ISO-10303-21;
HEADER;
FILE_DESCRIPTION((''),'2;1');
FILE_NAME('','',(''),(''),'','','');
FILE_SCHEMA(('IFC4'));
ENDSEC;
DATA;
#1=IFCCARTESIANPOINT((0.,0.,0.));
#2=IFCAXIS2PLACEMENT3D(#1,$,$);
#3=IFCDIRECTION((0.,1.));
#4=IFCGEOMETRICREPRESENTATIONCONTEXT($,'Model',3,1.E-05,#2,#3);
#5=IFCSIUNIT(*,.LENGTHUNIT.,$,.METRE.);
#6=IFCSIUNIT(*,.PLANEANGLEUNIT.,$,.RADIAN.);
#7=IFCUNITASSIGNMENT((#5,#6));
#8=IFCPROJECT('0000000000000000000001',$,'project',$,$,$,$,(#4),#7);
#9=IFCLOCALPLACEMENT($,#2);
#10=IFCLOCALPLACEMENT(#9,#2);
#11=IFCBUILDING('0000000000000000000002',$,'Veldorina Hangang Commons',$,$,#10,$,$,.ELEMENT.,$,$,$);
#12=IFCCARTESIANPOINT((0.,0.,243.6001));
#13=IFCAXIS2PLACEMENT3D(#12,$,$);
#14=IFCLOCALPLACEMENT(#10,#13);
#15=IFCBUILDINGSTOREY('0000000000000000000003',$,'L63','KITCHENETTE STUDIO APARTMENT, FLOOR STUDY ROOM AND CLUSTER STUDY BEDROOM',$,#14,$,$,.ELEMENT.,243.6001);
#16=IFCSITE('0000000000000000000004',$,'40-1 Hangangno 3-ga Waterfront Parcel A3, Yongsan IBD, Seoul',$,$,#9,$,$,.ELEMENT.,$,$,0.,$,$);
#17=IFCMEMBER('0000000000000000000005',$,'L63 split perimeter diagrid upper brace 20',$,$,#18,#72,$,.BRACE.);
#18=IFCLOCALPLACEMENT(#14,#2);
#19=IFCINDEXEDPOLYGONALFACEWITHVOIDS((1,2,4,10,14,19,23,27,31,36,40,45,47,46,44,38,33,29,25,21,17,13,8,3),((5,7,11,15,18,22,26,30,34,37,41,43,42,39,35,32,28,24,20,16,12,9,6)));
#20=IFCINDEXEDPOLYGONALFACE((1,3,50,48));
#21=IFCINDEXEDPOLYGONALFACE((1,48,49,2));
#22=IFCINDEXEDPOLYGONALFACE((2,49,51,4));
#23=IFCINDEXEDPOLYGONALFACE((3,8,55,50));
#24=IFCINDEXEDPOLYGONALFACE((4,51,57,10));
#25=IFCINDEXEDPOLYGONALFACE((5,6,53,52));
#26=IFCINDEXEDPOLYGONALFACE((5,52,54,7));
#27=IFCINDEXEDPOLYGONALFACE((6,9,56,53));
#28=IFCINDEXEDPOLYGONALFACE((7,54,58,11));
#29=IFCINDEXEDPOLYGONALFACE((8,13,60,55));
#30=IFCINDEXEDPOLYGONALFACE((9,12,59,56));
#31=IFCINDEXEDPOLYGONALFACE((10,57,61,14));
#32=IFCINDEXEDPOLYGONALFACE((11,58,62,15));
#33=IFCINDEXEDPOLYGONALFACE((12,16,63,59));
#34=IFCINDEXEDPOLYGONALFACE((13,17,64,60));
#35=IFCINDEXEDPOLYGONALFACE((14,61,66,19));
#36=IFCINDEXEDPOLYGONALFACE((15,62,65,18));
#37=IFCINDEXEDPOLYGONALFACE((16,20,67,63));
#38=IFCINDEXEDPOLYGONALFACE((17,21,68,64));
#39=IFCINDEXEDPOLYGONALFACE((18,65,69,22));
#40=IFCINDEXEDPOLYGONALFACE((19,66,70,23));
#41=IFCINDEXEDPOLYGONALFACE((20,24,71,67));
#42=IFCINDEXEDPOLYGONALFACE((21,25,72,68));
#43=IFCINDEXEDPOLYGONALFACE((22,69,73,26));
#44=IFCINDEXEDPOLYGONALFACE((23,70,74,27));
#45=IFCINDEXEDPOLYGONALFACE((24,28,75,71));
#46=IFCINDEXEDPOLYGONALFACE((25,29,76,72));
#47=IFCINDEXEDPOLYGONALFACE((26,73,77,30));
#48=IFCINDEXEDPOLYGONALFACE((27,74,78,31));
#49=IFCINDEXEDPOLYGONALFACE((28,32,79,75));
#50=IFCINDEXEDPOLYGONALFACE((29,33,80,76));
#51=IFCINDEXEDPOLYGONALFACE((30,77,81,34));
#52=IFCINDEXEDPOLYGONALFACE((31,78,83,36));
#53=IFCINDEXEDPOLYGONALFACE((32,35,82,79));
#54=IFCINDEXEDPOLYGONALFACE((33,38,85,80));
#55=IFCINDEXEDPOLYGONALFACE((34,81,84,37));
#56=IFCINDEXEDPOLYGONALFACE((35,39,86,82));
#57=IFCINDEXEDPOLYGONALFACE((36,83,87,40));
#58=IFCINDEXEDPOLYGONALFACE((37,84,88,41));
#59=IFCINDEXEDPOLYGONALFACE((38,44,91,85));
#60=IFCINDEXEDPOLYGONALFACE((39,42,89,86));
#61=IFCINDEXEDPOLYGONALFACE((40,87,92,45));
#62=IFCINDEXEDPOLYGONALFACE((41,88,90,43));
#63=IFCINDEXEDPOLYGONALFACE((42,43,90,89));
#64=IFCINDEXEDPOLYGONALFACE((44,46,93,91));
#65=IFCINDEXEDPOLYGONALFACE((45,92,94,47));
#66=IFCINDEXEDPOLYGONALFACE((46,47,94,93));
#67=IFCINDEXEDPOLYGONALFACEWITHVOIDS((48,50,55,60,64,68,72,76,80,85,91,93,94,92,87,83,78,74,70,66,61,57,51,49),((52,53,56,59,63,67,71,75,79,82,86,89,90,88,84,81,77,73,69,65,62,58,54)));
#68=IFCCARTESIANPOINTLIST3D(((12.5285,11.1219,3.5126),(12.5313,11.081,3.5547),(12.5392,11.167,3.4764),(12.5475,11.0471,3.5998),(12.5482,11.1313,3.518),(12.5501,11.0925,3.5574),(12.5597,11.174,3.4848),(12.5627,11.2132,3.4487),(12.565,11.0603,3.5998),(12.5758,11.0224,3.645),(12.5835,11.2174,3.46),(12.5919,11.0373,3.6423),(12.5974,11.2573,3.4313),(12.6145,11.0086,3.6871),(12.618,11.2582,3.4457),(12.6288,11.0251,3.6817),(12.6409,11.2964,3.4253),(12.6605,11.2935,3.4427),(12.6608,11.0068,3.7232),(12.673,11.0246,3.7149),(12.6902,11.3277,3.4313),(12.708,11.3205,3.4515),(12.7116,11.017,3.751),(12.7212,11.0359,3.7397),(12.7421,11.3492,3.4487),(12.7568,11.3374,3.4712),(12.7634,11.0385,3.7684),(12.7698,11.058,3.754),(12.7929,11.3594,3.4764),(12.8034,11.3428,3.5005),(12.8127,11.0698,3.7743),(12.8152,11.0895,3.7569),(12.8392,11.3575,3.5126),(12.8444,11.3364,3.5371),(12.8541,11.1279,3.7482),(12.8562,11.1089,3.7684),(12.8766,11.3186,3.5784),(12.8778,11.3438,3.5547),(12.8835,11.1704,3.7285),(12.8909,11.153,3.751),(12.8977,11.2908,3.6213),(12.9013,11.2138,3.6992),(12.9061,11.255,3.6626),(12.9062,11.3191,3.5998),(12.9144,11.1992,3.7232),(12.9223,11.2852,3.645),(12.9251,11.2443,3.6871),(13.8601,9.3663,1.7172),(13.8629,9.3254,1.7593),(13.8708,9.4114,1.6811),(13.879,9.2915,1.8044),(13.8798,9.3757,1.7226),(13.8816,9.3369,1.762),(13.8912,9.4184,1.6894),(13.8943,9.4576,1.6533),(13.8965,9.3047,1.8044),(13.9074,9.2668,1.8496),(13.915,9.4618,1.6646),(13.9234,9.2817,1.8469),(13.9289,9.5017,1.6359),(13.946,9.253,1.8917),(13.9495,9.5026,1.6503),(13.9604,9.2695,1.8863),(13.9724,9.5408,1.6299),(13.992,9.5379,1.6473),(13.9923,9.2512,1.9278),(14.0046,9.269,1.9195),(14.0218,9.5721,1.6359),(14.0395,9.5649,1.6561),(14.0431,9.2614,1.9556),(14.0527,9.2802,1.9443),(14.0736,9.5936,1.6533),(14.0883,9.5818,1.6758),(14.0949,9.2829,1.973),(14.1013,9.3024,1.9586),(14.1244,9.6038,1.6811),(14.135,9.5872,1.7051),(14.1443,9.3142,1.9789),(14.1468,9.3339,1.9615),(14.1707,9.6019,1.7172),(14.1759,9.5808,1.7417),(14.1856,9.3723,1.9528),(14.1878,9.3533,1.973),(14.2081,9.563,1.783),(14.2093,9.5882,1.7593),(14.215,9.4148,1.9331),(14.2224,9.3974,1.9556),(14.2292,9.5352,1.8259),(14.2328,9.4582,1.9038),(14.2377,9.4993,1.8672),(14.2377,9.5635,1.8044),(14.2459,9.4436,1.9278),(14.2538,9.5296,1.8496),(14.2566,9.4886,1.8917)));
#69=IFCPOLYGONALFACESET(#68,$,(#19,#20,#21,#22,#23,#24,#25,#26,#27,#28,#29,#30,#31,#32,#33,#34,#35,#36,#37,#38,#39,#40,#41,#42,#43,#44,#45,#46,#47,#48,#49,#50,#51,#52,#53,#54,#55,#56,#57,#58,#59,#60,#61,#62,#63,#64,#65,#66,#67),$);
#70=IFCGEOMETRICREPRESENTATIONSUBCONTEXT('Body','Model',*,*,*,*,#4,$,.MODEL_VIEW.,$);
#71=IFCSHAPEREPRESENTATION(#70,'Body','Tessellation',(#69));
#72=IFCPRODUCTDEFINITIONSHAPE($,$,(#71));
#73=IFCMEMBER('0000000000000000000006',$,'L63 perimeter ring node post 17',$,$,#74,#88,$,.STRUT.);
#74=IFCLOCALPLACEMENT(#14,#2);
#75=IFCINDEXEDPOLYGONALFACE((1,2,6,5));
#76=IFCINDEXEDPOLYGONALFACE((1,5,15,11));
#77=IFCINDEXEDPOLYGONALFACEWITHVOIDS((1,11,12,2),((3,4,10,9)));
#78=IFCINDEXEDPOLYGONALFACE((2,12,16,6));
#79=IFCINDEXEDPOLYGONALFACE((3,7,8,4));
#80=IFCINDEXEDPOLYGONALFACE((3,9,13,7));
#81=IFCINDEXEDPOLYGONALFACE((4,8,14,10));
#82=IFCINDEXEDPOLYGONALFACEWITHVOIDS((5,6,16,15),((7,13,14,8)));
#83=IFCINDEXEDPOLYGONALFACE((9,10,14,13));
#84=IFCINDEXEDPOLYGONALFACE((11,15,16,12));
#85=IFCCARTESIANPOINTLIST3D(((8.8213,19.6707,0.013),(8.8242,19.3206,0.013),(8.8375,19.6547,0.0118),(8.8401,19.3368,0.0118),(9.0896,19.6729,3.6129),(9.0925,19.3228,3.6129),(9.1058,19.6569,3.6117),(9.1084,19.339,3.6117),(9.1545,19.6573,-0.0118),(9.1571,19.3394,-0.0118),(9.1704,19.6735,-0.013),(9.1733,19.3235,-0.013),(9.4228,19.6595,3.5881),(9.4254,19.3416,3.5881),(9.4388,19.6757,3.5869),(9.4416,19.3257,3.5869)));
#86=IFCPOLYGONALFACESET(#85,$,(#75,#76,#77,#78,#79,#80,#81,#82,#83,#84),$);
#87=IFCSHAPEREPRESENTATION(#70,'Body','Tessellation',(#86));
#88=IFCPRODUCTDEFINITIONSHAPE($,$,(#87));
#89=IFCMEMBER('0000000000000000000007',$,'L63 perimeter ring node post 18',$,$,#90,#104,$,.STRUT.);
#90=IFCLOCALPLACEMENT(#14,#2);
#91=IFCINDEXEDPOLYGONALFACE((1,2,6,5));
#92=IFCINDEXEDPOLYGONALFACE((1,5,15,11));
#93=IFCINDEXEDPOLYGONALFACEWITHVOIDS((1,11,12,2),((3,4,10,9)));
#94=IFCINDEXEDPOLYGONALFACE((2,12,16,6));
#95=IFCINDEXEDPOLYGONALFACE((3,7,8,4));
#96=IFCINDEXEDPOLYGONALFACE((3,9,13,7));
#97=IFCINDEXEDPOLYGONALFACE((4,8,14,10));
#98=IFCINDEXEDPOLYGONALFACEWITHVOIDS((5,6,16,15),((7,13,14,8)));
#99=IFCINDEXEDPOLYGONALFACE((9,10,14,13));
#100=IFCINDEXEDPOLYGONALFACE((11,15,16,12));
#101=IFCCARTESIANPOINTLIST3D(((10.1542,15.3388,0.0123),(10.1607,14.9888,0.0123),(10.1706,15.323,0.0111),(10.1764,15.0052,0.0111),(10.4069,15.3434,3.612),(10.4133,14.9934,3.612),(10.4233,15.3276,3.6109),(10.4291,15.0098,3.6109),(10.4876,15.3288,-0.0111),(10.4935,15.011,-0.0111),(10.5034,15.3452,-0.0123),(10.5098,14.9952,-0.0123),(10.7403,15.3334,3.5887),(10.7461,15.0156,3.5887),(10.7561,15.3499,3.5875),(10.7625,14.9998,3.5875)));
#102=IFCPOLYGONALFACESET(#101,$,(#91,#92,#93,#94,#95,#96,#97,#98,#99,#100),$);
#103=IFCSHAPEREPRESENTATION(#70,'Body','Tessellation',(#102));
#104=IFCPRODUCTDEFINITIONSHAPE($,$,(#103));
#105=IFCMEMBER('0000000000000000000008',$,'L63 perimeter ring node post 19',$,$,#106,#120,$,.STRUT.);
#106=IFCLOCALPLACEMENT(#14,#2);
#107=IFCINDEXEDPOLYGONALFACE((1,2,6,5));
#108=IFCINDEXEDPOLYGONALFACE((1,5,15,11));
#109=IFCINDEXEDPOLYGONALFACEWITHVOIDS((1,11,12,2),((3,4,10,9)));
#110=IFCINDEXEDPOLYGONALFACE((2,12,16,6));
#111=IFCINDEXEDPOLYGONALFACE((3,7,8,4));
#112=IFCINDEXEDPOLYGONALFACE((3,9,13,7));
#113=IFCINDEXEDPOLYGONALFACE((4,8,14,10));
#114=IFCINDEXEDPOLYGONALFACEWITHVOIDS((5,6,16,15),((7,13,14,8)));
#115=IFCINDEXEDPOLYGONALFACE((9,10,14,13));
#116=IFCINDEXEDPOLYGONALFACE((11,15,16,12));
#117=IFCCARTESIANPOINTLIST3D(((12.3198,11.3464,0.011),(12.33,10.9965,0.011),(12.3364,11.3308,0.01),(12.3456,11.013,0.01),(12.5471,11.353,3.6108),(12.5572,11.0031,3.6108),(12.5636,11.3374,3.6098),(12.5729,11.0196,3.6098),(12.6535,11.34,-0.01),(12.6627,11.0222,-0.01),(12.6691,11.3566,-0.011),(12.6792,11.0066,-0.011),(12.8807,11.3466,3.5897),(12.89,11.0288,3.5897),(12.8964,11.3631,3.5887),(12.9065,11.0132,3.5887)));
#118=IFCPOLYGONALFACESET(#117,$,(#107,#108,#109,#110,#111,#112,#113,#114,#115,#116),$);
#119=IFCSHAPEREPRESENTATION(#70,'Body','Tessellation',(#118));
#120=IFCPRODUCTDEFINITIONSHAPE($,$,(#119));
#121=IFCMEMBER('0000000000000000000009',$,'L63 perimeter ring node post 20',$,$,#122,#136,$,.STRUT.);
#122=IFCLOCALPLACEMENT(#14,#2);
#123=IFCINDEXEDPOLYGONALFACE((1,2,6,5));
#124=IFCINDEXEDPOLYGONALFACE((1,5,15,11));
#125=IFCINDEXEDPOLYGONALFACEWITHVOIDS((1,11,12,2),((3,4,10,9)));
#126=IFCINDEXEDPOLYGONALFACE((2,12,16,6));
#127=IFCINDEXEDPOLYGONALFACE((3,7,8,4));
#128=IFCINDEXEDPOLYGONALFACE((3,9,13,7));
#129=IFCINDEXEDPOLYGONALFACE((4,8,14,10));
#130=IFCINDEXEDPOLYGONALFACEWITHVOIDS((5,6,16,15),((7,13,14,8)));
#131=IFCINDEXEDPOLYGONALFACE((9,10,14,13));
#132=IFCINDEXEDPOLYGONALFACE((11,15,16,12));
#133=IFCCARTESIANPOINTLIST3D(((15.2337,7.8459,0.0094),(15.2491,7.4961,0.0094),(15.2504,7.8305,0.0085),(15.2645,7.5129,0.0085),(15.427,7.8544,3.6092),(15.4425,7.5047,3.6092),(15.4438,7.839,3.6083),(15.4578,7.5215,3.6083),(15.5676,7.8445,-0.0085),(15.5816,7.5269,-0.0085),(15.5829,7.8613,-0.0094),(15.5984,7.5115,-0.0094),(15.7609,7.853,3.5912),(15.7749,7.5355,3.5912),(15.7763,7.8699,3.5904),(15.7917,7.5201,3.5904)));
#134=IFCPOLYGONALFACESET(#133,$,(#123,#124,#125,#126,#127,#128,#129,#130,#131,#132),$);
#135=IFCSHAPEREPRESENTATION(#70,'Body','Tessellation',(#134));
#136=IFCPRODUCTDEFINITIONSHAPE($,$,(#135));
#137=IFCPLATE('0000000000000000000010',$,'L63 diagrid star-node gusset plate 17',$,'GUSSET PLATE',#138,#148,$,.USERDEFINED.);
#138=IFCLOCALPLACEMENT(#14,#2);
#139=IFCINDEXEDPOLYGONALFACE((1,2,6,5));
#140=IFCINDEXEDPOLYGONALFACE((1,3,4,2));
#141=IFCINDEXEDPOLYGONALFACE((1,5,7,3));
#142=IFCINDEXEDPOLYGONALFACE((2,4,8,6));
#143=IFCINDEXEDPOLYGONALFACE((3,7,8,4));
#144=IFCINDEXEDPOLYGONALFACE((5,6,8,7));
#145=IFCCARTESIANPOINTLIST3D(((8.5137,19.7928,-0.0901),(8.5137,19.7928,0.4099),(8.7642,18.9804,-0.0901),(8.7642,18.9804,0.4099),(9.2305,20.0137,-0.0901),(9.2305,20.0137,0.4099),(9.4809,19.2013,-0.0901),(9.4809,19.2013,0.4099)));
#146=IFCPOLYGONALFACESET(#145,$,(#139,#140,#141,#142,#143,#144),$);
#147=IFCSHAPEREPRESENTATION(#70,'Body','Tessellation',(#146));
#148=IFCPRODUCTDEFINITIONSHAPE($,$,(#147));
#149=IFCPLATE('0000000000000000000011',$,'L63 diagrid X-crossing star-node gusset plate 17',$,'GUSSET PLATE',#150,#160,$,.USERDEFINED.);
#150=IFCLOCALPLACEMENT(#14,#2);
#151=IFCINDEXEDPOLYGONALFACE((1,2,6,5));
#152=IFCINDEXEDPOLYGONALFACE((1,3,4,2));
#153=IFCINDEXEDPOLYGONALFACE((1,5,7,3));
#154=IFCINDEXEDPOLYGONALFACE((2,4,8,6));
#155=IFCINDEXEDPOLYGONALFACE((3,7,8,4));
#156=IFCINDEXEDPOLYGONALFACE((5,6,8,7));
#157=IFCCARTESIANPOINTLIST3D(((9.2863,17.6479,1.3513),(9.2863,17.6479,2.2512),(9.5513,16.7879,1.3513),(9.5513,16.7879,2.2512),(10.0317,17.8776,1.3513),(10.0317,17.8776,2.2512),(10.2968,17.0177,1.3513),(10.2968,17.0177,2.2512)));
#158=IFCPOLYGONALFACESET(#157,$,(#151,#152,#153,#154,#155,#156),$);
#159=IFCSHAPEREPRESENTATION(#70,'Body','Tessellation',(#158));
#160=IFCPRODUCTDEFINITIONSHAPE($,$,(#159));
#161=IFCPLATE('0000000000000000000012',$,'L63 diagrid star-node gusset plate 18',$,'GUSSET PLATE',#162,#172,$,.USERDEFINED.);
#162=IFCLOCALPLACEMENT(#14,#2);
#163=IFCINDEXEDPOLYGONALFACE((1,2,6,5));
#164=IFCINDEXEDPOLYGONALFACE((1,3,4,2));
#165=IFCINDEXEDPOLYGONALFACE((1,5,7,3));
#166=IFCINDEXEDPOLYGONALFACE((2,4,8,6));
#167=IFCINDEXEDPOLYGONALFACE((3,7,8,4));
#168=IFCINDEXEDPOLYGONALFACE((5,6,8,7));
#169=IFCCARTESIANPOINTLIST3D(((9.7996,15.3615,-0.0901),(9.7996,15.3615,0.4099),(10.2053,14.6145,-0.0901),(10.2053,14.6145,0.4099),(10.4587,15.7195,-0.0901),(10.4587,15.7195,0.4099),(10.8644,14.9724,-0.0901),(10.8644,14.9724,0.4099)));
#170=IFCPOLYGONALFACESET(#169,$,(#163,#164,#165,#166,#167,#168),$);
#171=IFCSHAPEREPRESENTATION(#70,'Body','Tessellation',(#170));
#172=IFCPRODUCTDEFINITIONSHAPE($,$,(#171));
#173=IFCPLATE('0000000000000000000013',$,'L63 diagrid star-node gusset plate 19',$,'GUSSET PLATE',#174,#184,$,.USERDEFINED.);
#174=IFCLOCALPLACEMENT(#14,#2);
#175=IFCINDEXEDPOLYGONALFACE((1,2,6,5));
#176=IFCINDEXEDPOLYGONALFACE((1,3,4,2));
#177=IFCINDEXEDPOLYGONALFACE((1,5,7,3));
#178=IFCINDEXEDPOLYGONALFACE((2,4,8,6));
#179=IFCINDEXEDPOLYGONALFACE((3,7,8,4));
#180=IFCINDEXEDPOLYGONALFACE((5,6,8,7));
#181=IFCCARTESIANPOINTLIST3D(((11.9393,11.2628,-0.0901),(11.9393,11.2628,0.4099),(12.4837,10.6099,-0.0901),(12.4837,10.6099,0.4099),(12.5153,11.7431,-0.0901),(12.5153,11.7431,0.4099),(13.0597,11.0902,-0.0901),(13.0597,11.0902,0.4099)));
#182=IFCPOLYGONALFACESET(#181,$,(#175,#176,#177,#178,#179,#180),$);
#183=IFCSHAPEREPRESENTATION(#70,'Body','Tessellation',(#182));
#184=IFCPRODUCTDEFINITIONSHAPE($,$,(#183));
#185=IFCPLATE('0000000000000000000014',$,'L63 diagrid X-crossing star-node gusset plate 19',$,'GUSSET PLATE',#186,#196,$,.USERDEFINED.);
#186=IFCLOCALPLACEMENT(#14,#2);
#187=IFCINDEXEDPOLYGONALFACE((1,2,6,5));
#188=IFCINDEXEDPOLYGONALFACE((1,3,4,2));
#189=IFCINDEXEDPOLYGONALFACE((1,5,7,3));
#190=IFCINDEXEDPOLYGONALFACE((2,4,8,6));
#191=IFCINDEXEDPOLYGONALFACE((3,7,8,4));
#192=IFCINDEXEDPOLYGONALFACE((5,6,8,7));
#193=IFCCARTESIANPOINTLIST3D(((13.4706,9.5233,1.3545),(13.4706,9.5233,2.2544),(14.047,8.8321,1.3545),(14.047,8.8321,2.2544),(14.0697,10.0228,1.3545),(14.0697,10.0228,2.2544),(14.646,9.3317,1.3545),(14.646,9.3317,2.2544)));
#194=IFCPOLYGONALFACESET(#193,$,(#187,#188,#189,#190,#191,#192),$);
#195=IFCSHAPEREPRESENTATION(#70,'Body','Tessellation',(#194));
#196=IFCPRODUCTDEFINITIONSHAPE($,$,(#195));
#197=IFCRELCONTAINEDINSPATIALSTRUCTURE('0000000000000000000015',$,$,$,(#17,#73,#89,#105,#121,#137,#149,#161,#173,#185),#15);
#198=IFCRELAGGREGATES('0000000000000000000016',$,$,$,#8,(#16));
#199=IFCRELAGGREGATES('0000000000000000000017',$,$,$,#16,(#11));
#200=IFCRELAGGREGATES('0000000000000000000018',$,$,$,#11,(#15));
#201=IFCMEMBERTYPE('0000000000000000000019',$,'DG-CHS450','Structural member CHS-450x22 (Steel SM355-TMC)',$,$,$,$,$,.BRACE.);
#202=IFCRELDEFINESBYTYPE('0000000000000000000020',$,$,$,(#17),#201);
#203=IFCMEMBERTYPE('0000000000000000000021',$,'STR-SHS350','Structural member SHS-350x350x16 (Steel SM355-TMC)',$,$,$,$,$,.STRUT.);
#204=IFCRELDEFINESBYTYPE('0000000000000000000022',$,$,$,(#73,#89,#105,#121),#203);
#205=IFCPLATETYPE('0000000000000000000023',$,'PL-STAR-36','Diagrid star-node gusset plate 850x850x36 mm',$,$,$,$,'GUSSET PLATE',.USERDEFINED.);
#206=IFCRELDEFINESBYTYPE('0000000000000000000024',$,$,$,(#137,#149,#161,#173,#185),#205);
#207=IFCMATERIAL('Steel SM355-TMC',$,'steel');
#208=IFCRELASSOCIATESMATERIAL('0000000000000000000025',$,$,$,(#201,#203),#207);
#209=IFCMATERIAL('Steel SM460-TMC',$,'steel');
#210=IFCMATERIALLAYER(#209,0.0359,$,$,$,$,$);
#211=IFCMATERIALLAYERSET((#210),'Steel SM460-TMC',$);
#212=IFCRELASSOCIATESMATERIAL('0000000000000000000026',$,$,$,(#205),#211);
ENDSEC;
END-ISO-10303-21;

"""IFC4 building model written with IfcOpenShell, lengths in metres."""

from ifc_helpers import new_model, si_unit, direction, frame, origin, origin_2d, place, context, subcontext, project, spatial, rectangle, hollow_rectangle, hollow_circle, extrude, material, layer, layer_set, material_profile, profile_set, type_object, element, save


model = new_model("IFC4")

# Units and contexts
model_context = context("Model", 3, precision=1e-05, world=origin(), true_north=direction((0.0, 1.0)))
body_context = subcontext(model_context, "Body", "Model", "MODEL_VIEW")
ifc_project = project(units=[si_unit("LENGTHUNIT", "METRE"), si_unit("PLANEANGLEUNIT", "RADIAN")], contexts=[model_context])

# Site, building, storey
site_placement = place(None, origin())
site = spatial("IfcSite", under=ifc_project, at=site_placement, Name="40-1 Hangangno 3-ga Waterfront Parcel A3, Yongsan IBD, Seoul", CompositionType="ELEMENT", RefElevation=0.0)
building_placement = place(site_placement, origin())
building = spatial("IfcBuilding", under=site, at=building_placement, Name="Veldorina Hangang Commons", CompositionType="ELEMENT")
storey_placement = place(building_placement, frame((0.0, 0.0, 243.6001)))
storey = spatial("IfcBuildingStorey", under=building, at=storey_placement, Name="L63", Description="KITCHENETTE STUDIO APARTMENT, FLOOR STUDY ROOM AND CLUSTER STUDY BEDROOM", CompositionType="ELEMENT", Elevation=243.6001)

# Shared definitions
ifc_material_1 = material(Name="Steel SM355-TMC", Category="steel")

# Members
ifc_material_profile_1 = material_profile(ifc_material_1, hollow_circle(Radius=0.2251, WallThickness=0.022, at=origin_2d()), Name="CHS-450x22")
ifc_profile_set_1 = profile_set([ifc_material_profile_1], Name="Steel SM355-TMC")
member_type_1 = type_object("IfcMemberType", Name="DG-CHS450", Description="Structural member CHS-450x22 (Steel SM355-TMC)", PredefinedType="BRACE", material=ifc_profile_set_1)
member_1_placement = place(storey_placement, frame((14.0583, 9.4275, 1.8044), z_axis=(-0.468473, 0.617673, 0.631674), x_axis=(-0.796757, -0.604299, 0.0)))
element("IfcMember", 1, at=member_1_placement, inside=storey, type_object=member_type_1, Name="L63 split perimeter diagrid upper brace 20", PredefinedType="BRACE", context=body_context, shape_type="SweptSolid", body=[
    extrude(hollow_circle(Radius=0.2251, WallThickness=0.022, at=origin_2d()), origin(), (0.0, 0.0, 1.0), 2.8423),
])
ifc_material_profile_2 = material_profile(ifc_material_1, hollow_rectangle(XDim=0.3501, YDim=0.3501, WallThickness=0.0161, at=origin_2d()), Name="SHS-350x350x16")
ifc_profile_set_2 = profile_set([ifc_material_profile_2], Name="Steel SM355-TMC")
member_type_2 = type_object("IfcMemberType", Name="STR-SHS350", Description="Structural member SHS-350x350x16 (Steel SM355-TMC)", PredefinedType="STRUT", material=ifc_profile_set_2)
member_2_placement = place(storey_placement, frame((8.9973, 19.4971, 0.0), z_axis=(0.074328, 0.000609, 0.997234), x_axis=(-0.008189, 0.999966, 0.0)))
element("IfcMember", 2, at=member_2_placement, inside=storey, type_object=member_type_2, Name="L63 perimeter ring node post 17", PredefinedType="STRUT", context=body_context, shape_type="SweptSolid", body=[
    extrude(hollow_rectangle(XDim=0.3501, YDim=0.3501, WallThickness=0.0161, at=origin_2d()), origin(), (0.0, 0.0, 1.0), 3.6099),
])
member_3_placement = place(storey_placement, frame((10.332, 15.167, 0.0), z_axis=(0.070021, 0.001285, 0.997545), x_axis=(-0.018354, 0.999832, 0.0)))
element("IfcMember", 3, at=member_3_placement, inside=storey, type_object=member_type_2, Name="L63 perimeter ring node post 18", PredefinedType="STRUT", context=body_context, shape_type="SweptSolid", body=[
    extrude(hollow_rectangle(XDim=0.3501, YDim=0.3501, WallThickness=0.0161, at=origin_2d()), origin(), (0.0, 0.0, 1.0), 3.6086),
])
member_4_placement = place(storey_placement, frame((12.4995, 11.1765, 0.0), z_axis=(0.063014, 0.001827, 0.998011), x_axis=(-0.028989, 0.99958, 0.0)))
element("IfcMember", 4, at=member_4_placement, inside=storey, type_object=member_type_2, Name="L63 perimeter ring node post 19", PredefinedType="STRUT", context=body_context, shape_type="SweptSolid", body=[
    extrude(hollow_rectangle(XDim=0.3501, YDim=0.3501, WallThickness=0.0161, at=origin_2d()), origin(), (0.0, 0.0, 1.0), 3.6069),
])
member_5_placement = place(storey_placement, frame((15.416, 7.6787, 0.0), z_axis=(0.053636, 0.00237, 0.998558), x_axis=(-0.044149, 0.999025, 0.0)))
element("IfcMember", 5, at=member_5_placement, inside=storey, type_object=member_type_2, Name="L63 perimeter ring node post 20", PredefinedType="STRUT", context=body_context, shape_type="SweptSolid", body=[
    extrude(hollow_rectangle(XDim=0.3501, YDim=0.3501, WallThickness=0.0161, at=origin_2d()), origin(), (0.0, 0.0, 1.0), 3.605),
])

# Plates
ifc_material_2 = material(Name="Steel SM460-TMC", Category="steel")
ifc_layer_1 = layer(ifc_material_2, 0.0359)
ifc_layer_set_1 = layer_set([ifc_layer_1], Name="Steel SM460-TMC")
plate_type = type_object("IfcPlateType", Name="PL-STAR-36", Description="Diagrid star-node gusset plate 850x850x36 mm", ElementType="GUSSET PLATE", PredefinedType="USERDEFINED", material=ifc_layer_set_1)
plate_1_placement = place(storey_placement, frame((8.9973, 19.4971, -0.0901), z_axis=(0.0, 0.0, 1.0), x_axis=(0.294574, -0.955629, 0.0)))
element("IfcPlate", 6, at=plate_1_placement, inside=storey, type_object=plate_type, Name="L63 diagrid star-node gusset plate 17", ObjectType="GUSSET PLATE", PredefinedType="USERDEFINED", context=body_context, shape_type="SweptSolid", body=[
    extrude(rectangle(XDim=0.8501, YDim=0.75, at=origin_2d()), origin(), (0.0, 0.0, 1.0), 0.5),
])
plate_2_placement = place(storey_placement, frame((9.7915, 17.3328, 1.3513), z_axis=(0.0, 0.0, 1.0), x_axis=(0.294574, -0.955629, 0.0)))
element("IfcPlate", 7, at=plate_2_placement, inside=storey, type_object=plate_type, Name="L63 diagrid X-crossing star-node gusset plate 17", ObjectType="GUSSET PLATE", PredefinedType="USERDEFINED", context=body_context, shape_type="SweptSolid", body=[
    extrude(rectangle(XDim=0.8999, YDim=0.78, at=origin_2d()), origin(), (0.0, 0.0, 1.0), 0.8999),
])
for number, where, z_axis, x_axis, name in (
    (8, (10.332, 15.167, -0.0901), (0.0, 0.0, 1.0), (0.477251, -0.878767, 0.0), "L63 diagrid star-node gusset plate 18"),
    (9, (12.4995, 11.1765, -0.0901), (0.0, 0.0, 1.0), (0.640431, -0.768015, 0.0), "L63 diagrid star-node gusset plate 19"),
):
    element("IfcPlate", number, at=place(storey_placement, frame(where, z_axis=z_axis, x_axis=x_axis)), inside=storey, type_object=plate_type, Name=name, ObjectType="GUSSET PLATE", PredefinedType="USERDEFINED", context=body_context, shape_type="SweptSolid", body=[
        extrude(rectangle(XDim=0.8501, YDim=0.75, at=origin_2d()), origin(), (0.0, 0.0, 1.0), 0.5),
    ])
plate_3_placement = place(storey_placement, frame((14.0583, 9.4275, 1.3545), z_axis=(0.0, 0.0, 1.0), x_axis=(0.640431, -0.768015, 0.0)))
element("IfcPlate", 10, at=plate_3_placement, inside=storey, type_object=plate_type, Name="L63 diagrid X-crossing star-node gusset plate 19", ObjectType="GUSSET PLATE", PredefinedType="USERDEFINED", context=body_context, shape_type="SweptSolid", body=[
    extrude(rectangle(XDim=0.8999, YDim=0.78, at=origin_2d()), origin(), (0.0, 0.0, 1.0), 0.8999),
])

save(model, "model.ifc")
